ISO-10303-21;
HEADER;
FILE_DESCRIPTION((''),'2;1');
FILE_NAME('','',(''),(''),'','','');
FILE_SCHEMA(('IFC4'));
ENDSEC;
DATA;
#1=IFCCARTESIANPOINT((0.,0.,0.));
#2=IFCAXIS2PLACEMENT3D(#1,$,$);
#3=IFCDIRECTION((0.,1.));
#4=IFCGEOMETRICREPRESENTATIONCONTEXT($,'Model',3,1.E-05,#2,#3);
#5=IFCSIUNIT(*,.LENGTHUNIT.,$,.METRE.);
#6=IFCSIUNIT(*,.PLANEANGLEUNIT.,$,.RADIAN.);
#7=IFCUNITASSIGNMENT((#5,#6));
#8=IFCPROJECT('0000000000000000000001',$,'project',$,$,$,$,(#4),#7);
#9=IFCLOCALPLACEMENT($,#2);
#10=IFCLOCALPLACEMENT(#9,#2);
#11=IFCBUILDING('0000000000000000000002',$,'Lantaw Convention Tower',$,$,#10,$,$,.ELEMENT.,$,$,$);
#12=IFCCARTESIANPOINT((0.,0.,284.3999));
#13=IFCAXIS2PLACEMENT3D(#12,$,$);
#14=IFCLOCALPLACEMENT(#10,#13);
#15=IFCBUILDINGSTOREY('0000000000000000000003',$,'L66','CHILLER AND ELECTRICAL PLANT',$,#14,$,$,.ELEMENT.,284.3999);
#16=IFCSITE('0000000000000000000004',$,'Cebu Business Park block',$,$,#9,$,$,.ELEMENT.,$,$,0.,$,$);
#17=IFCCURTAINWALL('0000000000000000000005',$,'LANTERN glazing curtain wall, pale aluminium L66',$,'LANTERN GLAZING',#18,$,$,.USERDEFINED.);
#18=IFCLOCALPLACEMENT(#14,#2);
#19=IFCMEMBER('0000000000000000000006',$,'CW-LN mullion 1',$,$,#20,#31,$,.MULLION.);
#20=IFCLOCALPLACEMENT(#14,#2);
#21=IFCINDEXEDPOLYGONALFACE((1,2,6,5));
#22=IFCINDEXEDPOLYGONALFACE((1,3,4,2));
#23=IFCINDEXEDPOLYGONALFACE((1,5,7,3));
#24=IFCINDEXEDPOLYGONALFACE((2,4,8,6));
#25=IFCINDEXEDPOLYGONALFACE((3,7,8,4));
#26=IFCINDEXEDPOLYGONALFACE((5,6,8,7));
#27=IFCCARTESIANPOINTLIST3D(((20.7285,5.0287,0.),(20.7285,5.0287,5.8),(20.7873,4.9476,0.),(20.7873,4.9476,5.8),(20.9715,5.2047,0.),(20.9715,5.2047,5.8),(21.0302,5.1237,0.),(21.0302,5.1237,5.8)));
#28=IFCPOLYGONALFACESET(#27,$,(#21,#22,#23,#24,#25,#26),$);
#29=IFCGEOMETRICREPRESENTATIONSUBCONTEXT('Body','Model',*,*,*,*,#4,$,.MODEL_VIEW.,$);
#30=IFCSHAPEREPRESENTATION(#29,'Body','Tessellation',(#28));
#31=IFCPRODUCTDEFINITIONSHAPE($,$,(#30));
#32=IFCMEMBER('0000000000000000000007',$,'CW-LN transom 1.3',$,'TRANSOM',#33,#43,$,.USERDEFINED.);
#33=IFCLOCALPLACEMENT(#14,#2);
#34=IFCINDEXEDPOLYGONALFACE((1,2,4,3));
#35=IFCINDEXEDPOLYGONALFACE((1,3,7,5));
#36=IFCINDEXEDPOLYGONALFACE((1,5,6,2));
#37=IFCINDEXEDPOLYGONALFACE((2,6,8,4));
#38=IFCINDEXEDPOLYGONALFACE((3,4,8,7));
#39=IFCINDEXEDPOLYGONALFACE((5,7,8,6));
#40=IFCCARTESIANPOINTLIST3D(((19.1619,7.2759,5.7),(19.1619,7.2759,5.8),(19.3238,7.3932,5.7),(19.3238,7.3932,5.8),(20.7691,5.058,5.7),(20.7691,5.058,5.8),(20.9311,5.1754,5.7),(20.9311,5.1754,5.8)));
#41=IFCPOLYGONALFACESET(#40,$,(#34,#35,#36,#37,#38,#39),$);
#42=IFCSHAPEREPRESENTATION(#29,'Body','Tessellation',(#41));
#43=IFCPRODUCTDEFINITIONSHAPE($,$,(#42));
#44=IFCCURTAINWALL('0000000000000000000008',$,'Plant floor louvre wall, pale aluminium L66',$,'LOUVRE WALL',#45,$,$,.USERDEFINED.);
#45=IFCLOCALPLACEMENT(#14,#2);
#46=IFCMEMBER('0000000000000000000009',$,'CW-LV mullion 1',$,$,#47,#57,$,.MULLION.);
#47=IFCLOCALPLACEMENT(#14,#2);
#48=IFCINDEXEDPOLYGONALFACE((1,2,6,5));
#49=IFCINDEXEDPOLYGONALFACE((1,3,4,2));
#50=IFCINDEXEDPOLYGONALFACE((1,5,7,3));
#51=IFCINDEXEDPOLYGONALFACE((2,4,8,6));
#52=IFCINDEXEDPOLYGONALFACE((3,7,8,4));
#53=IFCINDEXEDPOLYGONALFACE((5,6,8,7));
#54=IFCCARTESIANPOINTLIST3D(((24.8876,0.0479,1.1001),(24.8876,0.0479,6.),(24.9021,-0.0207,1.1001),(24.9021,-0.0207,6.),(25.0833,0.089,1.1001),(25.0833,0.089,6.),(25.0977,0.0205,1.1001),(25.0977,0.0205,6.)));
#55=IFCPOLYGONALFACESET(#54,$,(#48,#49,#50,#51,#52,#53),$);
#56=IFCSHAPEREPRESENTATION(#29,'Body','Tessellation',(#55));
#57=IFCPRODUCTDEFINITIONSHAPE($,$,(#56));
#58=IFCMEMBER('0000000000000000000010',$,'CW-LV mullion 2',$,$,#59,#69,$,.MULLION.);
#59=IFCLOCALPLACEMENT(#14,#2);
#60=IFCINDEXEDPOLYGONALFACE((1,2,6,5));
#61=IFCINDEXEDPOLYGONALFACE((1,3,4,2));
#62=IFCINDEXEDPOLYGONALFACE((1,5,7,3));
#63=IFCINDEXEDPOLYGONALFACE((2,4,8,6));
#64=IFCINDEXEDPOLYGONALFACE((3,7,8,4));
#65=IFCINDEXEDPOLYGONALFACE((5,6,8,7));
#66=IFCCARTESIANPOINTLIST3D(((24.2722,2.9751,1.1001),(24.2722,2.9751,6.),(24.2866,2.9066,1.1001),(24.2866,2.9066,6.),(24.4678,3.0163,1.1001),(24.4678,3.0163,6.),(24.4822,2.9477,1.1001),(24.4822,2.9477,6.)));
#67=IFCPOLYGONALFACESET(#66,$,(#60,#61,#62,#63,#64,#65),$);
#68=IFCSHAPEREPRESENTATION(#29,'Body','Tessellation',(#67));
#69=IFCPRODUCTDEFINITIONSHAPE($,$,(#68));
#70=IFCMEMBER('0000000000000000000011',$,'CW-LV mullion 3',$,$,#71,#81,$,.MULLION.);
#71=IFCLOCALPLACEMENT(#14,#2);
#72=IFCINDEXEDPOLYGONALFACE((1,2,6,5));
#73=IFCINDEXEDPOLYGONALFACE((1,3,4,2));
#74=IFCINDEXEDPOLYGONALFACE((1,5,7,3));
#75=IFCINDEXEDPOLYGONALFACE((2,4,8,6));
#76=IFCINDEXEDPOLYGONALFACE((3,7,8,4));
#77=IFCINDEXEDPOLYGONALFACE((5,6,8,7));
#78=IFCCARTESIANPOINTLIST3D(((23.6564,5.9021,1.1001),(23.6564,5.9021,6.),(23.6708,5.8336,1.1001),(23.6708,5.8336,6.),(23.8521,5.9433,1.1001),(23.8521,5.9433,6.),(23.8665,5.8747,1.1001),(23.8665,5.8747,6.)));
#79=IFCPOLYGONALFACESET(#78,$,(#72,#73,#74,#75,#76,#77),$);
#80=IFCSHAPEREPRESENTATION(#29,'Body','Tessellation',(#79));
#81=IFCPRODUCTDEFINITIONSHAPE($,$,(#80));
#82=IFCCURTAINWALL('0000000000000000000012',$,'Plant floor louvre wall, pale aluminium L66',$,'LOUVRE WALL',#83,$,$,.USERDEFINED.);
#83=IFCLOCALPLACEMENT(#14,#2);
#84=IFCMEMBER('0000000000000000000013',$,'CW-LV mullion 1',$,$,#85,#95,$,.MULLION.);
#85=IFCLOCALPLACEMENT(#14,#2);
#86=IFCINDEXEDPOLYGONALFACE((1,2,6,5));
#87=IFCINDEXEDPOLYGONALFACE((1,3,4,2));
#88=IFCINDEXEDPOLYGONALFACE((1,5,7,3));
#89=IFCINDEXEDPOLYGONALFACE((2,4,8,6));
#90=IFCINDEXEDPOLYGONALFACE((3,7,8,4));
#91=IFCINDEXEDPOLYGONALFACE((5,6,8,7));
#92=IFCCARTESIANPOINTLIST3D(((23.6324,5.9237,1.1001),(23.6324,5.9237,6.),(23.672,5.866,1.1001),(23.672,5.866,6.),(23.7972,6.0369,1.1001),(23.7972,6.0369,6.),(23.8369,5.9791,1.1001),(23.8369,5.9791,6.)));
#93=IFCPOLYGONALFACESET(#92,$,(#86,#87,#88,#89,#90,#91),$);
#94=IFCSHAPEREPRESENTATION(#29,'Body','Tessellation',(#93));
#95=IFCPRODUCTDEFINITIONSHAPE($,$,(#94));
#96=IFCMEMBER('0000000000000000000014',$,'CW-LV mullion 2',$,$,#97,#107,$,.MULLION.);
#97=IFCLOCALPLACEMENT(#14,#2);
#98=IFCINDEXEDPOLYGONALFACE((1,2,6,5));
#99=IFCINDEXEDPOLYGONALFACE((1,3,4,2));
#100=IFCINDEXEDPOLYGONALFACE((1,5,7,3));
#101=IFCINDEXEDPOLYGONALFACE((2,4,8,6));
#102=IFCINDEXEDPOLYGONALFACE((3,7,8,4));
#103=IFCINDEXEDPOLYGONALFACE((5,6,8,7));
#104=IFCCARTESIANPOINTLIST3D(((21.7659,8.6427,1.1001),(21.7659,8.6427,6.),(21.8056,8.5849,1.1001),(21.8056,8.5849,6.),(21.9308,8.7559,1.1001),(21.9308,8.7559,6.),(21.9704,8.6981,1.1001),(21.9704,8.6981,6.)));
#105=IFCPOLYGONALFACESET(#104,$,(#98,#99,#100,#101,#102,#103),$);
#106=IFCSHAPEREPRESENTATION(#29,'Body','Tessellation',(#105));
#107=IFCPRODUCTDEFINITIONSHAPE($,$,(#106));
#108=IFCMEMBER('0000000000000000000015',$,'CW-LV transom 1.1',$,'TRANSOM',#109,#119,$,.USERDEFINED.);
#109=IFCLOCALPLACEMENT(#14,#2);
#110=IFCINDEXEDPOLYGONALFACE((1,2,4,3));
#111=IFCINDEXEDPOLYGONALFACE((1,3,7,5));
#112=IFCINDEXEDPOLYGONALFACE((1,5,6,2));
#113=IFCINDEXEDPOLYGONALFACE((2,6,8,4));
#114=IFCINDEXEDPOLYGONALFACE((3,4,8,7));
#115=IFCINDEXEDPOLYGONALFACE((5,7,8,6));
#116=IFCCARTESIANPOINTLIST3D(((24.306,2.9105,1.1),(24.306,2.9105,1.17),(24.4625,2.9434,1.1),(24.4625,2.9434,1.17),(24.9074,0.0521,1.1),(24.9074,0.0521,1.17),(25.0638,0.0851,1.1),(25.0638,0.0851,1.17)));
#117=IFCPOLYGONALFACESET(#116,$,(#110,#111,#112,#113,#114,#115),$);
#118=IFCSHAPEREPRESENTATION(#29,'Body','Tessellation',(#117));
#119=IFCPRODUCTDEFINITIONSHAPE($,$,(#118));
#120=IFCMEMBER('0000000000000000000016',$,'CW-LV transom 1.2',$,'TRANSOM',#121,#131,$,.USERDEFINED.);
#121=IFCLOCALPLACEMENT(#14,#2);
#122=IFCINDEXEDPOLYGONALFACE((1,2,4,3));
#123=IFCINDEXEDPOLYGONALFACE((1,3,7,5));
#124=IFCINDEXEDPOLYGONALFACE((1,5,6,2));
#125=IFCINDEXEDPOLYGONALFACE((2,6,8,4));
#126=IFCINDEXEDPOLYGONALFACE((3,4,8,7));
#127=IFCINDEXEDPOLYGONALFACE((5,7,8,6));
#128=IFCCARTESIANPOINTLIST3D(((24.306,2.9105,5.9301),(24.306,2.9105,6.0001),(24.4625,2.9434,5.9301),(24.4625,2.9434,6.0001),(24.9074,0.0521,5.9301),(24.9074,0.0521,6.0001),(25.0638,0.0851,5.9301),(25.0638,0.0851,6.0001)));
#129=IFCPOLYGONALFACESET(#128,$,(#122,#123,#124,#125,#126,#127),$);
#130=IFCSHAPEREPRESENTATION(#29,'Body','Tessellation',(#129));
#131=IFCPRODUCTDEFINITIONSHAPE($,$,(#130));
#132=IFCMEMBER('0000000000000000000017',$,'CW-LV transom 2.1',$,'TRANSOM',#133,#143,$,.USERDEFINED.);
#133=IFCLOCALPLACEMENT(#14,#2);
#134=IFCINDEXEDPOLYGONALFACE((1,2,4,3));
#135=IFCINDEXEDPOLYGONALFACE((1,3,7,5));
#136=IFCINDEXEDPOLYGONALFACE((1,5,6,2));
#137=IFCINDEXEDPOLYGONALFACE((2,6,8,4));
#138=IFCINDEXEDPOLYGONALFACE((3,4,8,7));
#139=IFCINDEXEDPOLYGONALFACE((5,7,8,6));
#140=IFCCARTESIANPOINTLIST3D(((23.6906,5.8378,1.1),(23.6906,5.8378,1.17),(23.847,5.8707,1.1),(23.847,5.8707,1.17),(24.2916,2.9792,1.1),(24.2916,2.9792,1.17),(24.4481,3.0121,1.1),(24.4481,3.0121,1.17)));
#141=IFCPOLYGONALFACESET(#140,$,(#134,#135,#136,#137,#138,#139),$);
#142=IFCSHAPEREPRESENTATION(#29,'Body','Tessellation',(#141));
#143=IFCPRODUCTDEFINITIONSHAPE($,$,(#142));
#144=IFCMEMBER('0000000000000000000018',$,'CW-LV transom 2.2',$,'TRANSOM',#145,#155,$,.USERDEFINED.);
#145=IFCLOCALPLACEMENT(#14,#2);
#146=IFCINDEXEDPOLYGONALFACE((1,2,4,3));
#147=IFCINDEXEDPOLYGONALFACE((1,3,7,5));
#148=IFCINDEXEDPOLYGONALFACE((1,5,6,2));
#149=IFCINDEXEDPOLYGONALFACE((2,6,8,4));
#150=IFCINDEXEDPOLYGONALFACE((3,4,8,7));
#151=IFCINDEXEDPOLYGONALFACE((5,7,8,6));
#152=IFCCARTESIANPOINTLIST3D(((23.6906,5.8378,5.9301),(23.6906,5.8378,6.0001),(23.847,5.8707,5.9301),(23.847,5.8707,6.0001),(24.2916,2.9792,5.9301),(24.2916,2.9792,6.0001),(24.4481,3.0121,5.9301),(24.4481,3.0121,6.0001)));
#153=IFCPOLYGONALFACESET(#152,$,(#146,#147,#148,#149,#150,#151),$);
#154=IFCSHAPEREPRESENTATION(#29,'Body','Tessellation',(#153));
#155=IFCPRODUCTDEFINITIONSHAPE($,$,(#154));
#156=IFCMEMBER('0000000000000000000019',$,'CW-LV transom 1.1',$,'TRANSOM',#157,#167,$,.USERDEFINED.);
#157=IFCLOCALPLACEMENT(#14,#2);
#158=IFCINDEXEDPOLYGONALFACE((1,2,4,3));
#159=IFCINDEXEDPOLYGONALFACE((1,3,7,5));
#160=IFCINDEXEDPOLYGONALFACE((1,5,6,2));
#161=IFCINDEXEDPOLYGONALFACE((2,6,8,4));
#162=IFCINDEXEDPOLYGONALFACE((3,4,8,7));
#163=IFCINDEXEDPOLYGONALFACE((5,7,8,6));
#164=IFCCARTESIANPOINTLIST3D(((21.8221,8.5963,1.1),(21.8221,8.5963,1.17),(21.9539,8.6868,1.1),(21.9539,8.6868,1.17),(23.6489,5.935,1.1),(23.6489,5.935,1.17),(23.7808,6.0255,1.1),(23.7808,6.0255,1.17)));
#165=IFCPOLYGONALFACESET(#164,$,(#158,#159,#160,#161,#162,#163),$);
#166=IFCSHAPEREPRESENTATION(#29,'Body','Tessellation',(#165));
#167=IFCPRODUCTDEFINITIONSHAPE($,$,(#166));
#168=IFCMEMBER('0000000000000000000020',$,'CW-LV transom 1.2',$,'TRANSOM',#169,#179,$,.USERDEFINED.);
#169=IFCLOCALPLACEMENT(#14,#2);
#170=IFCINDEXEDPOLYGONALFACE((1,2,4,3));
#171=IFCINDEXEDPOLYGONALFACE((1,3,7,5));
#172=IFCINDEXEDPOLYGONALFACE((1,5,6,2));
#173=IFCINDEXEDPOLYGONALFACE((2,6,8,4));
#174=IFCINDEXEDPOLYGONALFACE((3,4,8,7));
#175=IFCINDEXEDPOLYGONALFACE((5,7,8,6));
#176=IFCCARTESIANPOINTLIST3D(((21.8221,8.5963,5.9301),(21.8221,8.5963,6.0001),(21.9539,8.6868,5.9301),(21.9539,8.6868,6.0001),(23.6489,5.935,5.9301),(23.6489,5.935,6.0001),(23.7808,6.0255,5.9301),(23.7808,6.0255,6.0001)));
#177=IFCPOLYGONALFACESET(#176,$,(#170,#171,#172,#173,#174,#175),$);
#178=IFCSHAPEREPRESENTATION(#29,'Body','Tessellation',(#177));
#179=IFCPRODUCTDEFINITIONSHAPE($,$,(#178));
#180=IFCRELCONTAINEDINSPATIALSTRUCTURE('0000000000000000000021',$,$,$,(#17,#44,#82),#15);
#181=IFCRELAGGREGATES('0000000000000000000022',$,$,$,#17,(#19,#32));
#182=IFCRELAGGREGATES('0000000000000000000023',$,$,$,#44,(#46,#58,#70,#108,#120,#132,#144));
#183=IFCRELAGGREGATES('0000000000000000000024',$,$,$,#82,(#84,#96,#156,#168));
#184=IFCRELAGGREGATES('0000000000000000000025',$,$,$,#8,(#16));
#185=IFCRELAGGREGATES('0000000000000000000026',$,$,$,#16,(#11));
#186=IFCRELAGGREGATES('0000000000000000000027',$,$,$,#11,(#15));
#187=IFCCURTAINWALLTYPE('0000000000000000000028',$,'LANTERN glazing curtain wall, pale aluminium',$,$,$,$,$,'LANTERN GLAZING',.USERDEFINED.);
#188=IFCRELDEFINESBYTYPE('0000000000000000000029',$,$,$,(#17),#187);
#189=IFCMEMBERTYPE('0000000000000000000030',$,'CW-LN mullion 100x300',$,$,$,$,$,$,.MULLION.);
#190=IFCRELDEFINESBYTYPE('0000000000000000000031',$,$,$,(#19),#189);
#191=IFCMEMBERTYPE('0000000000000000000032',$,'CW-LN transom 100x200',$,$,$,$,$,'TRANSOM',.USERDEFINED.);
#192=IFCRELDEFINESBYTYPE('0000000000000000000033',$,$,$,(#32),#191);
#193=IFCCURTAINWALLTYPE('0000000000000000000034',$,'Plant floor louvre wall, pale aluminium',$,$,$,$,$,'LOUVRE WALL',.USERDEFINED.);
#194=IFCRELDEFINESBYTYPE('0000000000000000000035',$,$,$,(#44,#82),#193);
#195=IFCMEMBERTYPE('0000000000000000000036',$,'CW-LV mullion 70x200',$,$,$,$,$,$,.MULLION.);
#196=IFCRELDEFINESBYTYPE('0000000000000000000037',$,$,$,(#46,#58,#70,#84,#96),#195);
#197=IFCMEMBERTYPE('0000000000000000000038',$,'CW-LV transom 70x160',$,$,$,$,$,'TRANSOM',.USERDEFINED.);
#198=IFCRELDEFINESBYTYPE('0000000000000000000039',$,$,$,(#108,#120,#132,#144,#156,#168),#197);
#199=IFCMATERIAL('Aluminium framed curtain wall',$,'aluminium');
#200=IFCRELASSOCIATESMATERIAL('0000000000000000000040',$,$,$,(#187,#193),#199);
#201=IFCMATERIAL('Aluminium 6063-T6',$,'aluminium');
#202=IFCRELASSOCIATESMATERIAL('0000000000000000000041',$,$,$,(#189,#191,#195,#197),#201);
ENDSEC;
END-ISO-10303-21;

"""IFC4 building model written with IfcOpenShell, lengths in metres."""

from ifc_helpers import new_model, si_unit, direction, frame, origin, origin_2d, place, context, subcontext, project, spatial, rectangle, extrude, material, material_profile, profile_set, type_object, element, aggregate, save


model = new_model("IFC4")

# Units and contexts
model_context = context("Model", 3, precision=1e-05, world=origin(), true_north=direction((0.0, 1.0)))
body_context = subcontext(model_context, "Body", "Model", "MODEL_VIEW")
ifc_project = project(units=[si_unit("LENGTHUNIT", "METRE"), si_unit("PLANEANGLEUNIT", "RADIAN")], contexts=[model_context])

# Site, building, storey
site_placement = place(None, origin())
site = spatial("IfcSite", under=ifc_project, at=site_placement, Name="Cebu Business Park block", CompositionType="ELEMENT", RefElevation=0.0)
building_placement = place(site_placement, origin())
building = spatial("IfcBuilding", under=site, at=building_placement, Name="Lantaw Convention Tower", CompositionType="ELEMENT")
storey_placement = place(building_placement, frame((0.0, 0.0, 284.3999)))
storey = spatial("IfcBuildingStorey", under=building, at=storey_placement, Name="L66", Description="CHILLER AND ELECTRICAL PLANT", CompositionType="ELEMENT", Elevation=284.3999)

# Curtain walls, members
ifc_material_1 = material(Name="Aluminium framed curtain wall", Category="aluminium")
curtain_wall_type_1 = type_object("IfcCurtainWallType", Name="LANTERN glazing curtain wall, pale aluminium", ElementType="LANTERN GLAZING", PredefinedType="USERDEFINED", material=ifc_material_1)
curtain_wall_1_placement = place(storey_placement, origin())
curtain_wall_1 = element("IfcCurtainWall", 1, at=curtain_wall_1_placement, inside=storey, type_object=curtain_wall_type_1, Name="LANTERN glazing curtain wall, pale aluminium L66", ObjectType="LANTERN GLAZING", PredefinedType="USERDEFINED")
ifc_material_2 = material(Name="Aluminium 6063-T6", Category="aluminium")
ifc_material_profile_1 = material_profile(ifc_material_2, rectangle(XDim=0.3, YDim=0.1001, at=origin_2d()), Name="CW-LN mullion 100x300")
ifc_profile_set_1 = profile_set([ifc_material_profile_1], Name="Aluminium 6063-T6")
member_type_1 = type_object("IfcMemberType", Name="CW-LN mullion 100x300", PredefinedType="MULLION", material=ifc_profile_set_1)
member_1_placement = place(storey_placement, frame((20.8794, 5.0762, 0.0), z_axis=(0.0, 0.0, 1.0), x_axis=(-0.809742, -0.586786, 0.0)))
member_1 = element("IfcMember", 2, at=member_1_placement, type_object=member_type_1, Name="CW-LN mullion 1", PredefinedType="MULLION", context=body_context, shape_type="SweptSolid", body=[
    extrude(rectangle(XDim=0.3, YDim=0.1001, at=origin_2d()), origin(), (0.0, 0.0, 1.0), 5.8),
])
ifc_material_profile_2 = material_profile(ifc_material_2, rectangle(XDim=0.2, YDim=0.1001, at=origin_2d()), Name="CW-LN transom 100x200")
ifc_profile_set_2 = profile_set([ifc_material_profile_2], Name="Aluminium 6063-T6")
member_type_2 = type_object("IfcMemberType", Name="CW-LN transom 100x200", ElementType="TRANSOM", PredefinedType="USERDEFINED", material=ifc_profile_set_2)
member_2_placement = place(storey_placement, frame((20.8501, 5.1167, 5.75), z_axis=(-0.586798, 0.809733, 0.0), x_axis=(-0.809733, -0.586798, 0.0)))
member_2 = element("IfcMember", 3, at=member_2_placement, type_object=member_type_2, Name="CW-LN transom 1.3", ObjectType="TRANSOM", PredefinedType="USERDEFINED", context=body_context, shape_type="SweptSolid", body=[
    extrude(rectangle(XDim=0.2, YDim=0.1001, at=origin_2d()), origin(), (0.0, 0.0, 1.0), 2.739),
])
aggregate(curtain_wall_1, [member_1, member_2])
curtain_wall_type_2 = type_object("IfcCurtainWallType", Name="Plant floor louvre wall, pale aluminium", ElementType="LOUVRE WALL", PredefinedType="USERDEFINED", material=ifc_material_1)
curtain_wall_2_placement = place(storey_placement, origin())
curtain_wall_2 = element("IfcCurtainWall", 4, at=curtain_wall_2_placement, inside=storey, type_object=curtain_wall_type_2, Name="Plant floor louvre wall, pale aluminium L66", ObjectType="LOUVRE WALL", PredefinedType="USERDEFINED")
ifc_material_profile_3 = material_profile(ifc_material_2, rectangle(XDim=0.2, YDim=0.0701, at=origin_2d()), Name="CW-LV mullion 70x200")
ifc_profile_set_3 = profile_set([ifc_material_profile_3], Name="Aluminium 6063-T6")
member_type_3 = type_object("IfcMemberType", Name="CW-LV mullion 70x200", PredefinedType="MULLION", material=ifc_profile_set_3)
member_3_placement = place(storey_placement, frame((24.9927, 0.0342, 1.1001), z_axis=(0.0, 0.0, 1.0), x_axis=(-0.978591, -0.205814, 0.0)))
member_3 = element("IfcMember", 5, at=member_3_placement, type_object=member_type_3, Name="CW-LV mullion 1", PredefinedType="MULLION", context=body_context, shape_type="SweptSolid", body=[
    extrude(rectangle(XDim=0.2, YDim=0.0701, at=origin_2d()), origin(), (0.0, 0.0, 1.0), 4.8999),
])
member_4_placement = place(storey_placement, frame((24.3772, 2.9614, 1.1001), z_axis=(0.0, 0.0, 1.0), x_axis=(-0.978591, -0.205814, 0.0)))
member_4 = element("IfcMember", 6, at=member_4_placement, type_object=member_type_3, Name="CW-LV mullion 2", PredefinedType="MULLION", context=body_context, shape_type="SweptSolid", body=[
    extrude(rectangle(XDim=0.2, YDim=0.0701, at=origin_2d()), origin(), (0.0, 0.0, 1.0), 4.8999),
])
member_5_placement = place(storey_placement, frame((23.7615, 5.8884, 1.1001), z_axis=(0.0, 0.0, 1.0), x_axis=(-0.978591, -0.205814, 0.0)))
member_5 = element("IfcMember", 7, at=member_5_placement, type_object=member_type_3, Name="CW-LV mullion 3", PredefinedType="MULLION", context=body_context, shape_type="SweptSolid", body=[
    extrude(rectangle(XDim=0.2, YDim=0.0701, at=origin_2d()), origin(), (0.0, 0.0, 1.0), 4.8999),
])
curtain_wall_3_placement = place(storey_placement, origin())
curtain_wall_3 = element("IfcCurtainWall", 8, at=curtain_wall_3_placement, inside=storey, type_object=curtain_wall_type_2, Name="Plant floor louvre wall, pale aluminium L66", ObjectType="LOUVRE WALL", PredefinedType="USERDEFINED")
member_6_placement = place(storey_placement, frame((23.7346, 5.9514, 1.1001), z_axis=(0.0, 0.0, 1.0), x_axis=(-0.82445, -0.565935, 0.0)))
member_6 = element("IfcMember", 9, at=member_6_placement, type_object=member_type_3, Name="CW-LV mullion 1", PredefinedType="MULLION", context=body_context, shape_type="SweptSolid", body=[
    extrude(rectangle(XDim=0.2, YDim=0.0701, at=origin_2d()), origin(), (0.0, 0.0, 1.0), 4.8999),
])
member_7_placement = place(storey_placement, frame((21.8682, 8.6704, 1.1001), z_axis=(0.0, 0.0, 1.0), x_axis=(-0.82445, -0.565935, 0.0)))
member_7 = element("IfcMember", 10, at=member_7_placement, type_object=member_type_3, Name="CW-LV mullion 2", PredefinedType="MULLION", context=body_context, shape_type="SweptSolid", body=[
    extrude(rectangle(XDim=0.2, YDim=0.0701, at=origin_2d()), origin(), (0.0, 0.0, 1.0), 4.8999),
])

# Members
ifc_material_profile_4 = material_profile(ifc_material_2, rectangle(XDim=0.1599, YDim=0.0701, at=origin_2d()), Name="CW-LV transom 70x160")
ifc_profile_set_4 = profile_set([ifc_material_profile_4], Name="Aluminium 6063-T6")
member_type_4 = type_object("IfcMemberType", Name="CW-LV transom 70x160", ElementType="TRANSOM", PredefinedType="USERDEFINED", material=ifc_profile_set_4)
member_8_placement = place(storey_placement, frame((24.9856, 0.0686, 1.135), z_axis=(-0.205863, 0.978581, 0.0), x_axis=(-0.978581, -0.205863, 0.0)))
member_8 = element("IfcMember", 11, at=member_8_placement, type_object=member_type_4, Name="CW-LV transom 1.1", ObjectType="TRANSOM", PredefinedType="USERDEFINED", context=body_context, shape_type="SweptSolid", body=[
    extrude(rectangle(XDim=0.1599, YDim=0.0701, at=origin_2d()), origin(), (0.0, 0.0, 1.0), 2.9209),
])
member_9_placement = place(storey_placement, frame((24.9856, 0.0686, 5.9651), z_axis=(-0.205863, 0.978581, 0.0), x_axis=(-0.978581, -0.205863, 0.0)))
member_9 = element("IfcMember", 12, at=member_9_placement, type_object=member_type_4, Name="CW-LV transom 1.2", ObjectType="TRANSOM", PredefinedType="USERDEFINED", context=body_context, shape_type="SweptSolid", body=[
    extrude(rectangle(XDim=0.1599, YDim=0.0701, at=origin_2d()), origin(), (0.0, 0.0, 1.0), 2.9209),
])
member_10_placement = place(storey_placement, frame((24.3699, 2.9956, 1.135), z_axis=(-0.205766, 0.978601, 0.0), x_axis=(-0.978601, -0.205766, 0.0)))
member_10 = element("IfcMember", 13, at=member_10_placement, type_object=member_type_4, Name="CW-LV transom 2.1", ObjectType="TRANSOM", PredefinedType="USERDEFINED", context=body_context, shape_type="SweptSolid", body=[
    extrude(rectangle(XDim=0.1599, YDim=0.0701, at=origin_2d()), origin(), (0.0, 0.0, 1.0), 2.9211),
])
member_11_placement = place(storey_placement, frame((24.3699, 2.9956, 5.9651), z_axis=(-0.205766, 0.978601, 0.0), x_axis=(-0.978601, -0.205766, 0.0)))
member_11 = element("IfcMember", 14, at=member_11_placement, type_object=member_type_4, Name="CW-LV transom 2.2", ObjectType="TRANSOM", PredefinedType="USERDEFINED", context=body_context, shape_type="SweptSolid", body=[
    extrude(rectangle(XDim=0.1599, YDim=0.0701, at=origin_2d()), origin(), (0.0, 0.0, 1.0), 2.9211),
])
member_12_placement = place(storey_placement, frame((23.7148, 5.9802, 1.135), z_axis=(-0.565941, 0.824446, 0.0), x_axis=(-0.824446, -0.565941, 0.0)))
member_12 = element("IfcMember", 15, at=member_12_placement, type_object=member_type_4, Name="CW-LV transom 1.1", ObjectType="TRANSOM", PredefinedType="USERDEFINED", context=body_context, shape_type="SweptSolid", body=[
    extrude(rectangle(XDim=0.1599, YDim=0.0701, at=origin_2d()), origin(), (0.0, 0.0, 1.0), 3.228),
])
member_13_placement = place(storey_placement, frame((23.7148, 5.9802, 5.9651), z_axis=(-0.565941, 0.824446, 0.0), x_axis=(-0.824446, -0.565941, 0.0)))
member_13 = element("IfcMember", 16, at=member_13_placement, type_object=member_type_4, Name="CW-LV transom 1.2", ObjectType="TRANSOM", PredefinedType="USERDEFINED", context=body_context, shape_type="SweptSolid", body=[
    extrude(rectangle(XDim=0.1599, YDim=0.0701, at=origin_2d()), origin(), (0.0, 0.0, 1.0), 3.228),
])

aggregate(curtain_wall_2, [member_3, member_4, member_5, member_8, member_9, member_10, member_11])
aggregate(curtain_wall_3, [member_6, member_7, member_12, member_13])

save(model, "model.ifc")
